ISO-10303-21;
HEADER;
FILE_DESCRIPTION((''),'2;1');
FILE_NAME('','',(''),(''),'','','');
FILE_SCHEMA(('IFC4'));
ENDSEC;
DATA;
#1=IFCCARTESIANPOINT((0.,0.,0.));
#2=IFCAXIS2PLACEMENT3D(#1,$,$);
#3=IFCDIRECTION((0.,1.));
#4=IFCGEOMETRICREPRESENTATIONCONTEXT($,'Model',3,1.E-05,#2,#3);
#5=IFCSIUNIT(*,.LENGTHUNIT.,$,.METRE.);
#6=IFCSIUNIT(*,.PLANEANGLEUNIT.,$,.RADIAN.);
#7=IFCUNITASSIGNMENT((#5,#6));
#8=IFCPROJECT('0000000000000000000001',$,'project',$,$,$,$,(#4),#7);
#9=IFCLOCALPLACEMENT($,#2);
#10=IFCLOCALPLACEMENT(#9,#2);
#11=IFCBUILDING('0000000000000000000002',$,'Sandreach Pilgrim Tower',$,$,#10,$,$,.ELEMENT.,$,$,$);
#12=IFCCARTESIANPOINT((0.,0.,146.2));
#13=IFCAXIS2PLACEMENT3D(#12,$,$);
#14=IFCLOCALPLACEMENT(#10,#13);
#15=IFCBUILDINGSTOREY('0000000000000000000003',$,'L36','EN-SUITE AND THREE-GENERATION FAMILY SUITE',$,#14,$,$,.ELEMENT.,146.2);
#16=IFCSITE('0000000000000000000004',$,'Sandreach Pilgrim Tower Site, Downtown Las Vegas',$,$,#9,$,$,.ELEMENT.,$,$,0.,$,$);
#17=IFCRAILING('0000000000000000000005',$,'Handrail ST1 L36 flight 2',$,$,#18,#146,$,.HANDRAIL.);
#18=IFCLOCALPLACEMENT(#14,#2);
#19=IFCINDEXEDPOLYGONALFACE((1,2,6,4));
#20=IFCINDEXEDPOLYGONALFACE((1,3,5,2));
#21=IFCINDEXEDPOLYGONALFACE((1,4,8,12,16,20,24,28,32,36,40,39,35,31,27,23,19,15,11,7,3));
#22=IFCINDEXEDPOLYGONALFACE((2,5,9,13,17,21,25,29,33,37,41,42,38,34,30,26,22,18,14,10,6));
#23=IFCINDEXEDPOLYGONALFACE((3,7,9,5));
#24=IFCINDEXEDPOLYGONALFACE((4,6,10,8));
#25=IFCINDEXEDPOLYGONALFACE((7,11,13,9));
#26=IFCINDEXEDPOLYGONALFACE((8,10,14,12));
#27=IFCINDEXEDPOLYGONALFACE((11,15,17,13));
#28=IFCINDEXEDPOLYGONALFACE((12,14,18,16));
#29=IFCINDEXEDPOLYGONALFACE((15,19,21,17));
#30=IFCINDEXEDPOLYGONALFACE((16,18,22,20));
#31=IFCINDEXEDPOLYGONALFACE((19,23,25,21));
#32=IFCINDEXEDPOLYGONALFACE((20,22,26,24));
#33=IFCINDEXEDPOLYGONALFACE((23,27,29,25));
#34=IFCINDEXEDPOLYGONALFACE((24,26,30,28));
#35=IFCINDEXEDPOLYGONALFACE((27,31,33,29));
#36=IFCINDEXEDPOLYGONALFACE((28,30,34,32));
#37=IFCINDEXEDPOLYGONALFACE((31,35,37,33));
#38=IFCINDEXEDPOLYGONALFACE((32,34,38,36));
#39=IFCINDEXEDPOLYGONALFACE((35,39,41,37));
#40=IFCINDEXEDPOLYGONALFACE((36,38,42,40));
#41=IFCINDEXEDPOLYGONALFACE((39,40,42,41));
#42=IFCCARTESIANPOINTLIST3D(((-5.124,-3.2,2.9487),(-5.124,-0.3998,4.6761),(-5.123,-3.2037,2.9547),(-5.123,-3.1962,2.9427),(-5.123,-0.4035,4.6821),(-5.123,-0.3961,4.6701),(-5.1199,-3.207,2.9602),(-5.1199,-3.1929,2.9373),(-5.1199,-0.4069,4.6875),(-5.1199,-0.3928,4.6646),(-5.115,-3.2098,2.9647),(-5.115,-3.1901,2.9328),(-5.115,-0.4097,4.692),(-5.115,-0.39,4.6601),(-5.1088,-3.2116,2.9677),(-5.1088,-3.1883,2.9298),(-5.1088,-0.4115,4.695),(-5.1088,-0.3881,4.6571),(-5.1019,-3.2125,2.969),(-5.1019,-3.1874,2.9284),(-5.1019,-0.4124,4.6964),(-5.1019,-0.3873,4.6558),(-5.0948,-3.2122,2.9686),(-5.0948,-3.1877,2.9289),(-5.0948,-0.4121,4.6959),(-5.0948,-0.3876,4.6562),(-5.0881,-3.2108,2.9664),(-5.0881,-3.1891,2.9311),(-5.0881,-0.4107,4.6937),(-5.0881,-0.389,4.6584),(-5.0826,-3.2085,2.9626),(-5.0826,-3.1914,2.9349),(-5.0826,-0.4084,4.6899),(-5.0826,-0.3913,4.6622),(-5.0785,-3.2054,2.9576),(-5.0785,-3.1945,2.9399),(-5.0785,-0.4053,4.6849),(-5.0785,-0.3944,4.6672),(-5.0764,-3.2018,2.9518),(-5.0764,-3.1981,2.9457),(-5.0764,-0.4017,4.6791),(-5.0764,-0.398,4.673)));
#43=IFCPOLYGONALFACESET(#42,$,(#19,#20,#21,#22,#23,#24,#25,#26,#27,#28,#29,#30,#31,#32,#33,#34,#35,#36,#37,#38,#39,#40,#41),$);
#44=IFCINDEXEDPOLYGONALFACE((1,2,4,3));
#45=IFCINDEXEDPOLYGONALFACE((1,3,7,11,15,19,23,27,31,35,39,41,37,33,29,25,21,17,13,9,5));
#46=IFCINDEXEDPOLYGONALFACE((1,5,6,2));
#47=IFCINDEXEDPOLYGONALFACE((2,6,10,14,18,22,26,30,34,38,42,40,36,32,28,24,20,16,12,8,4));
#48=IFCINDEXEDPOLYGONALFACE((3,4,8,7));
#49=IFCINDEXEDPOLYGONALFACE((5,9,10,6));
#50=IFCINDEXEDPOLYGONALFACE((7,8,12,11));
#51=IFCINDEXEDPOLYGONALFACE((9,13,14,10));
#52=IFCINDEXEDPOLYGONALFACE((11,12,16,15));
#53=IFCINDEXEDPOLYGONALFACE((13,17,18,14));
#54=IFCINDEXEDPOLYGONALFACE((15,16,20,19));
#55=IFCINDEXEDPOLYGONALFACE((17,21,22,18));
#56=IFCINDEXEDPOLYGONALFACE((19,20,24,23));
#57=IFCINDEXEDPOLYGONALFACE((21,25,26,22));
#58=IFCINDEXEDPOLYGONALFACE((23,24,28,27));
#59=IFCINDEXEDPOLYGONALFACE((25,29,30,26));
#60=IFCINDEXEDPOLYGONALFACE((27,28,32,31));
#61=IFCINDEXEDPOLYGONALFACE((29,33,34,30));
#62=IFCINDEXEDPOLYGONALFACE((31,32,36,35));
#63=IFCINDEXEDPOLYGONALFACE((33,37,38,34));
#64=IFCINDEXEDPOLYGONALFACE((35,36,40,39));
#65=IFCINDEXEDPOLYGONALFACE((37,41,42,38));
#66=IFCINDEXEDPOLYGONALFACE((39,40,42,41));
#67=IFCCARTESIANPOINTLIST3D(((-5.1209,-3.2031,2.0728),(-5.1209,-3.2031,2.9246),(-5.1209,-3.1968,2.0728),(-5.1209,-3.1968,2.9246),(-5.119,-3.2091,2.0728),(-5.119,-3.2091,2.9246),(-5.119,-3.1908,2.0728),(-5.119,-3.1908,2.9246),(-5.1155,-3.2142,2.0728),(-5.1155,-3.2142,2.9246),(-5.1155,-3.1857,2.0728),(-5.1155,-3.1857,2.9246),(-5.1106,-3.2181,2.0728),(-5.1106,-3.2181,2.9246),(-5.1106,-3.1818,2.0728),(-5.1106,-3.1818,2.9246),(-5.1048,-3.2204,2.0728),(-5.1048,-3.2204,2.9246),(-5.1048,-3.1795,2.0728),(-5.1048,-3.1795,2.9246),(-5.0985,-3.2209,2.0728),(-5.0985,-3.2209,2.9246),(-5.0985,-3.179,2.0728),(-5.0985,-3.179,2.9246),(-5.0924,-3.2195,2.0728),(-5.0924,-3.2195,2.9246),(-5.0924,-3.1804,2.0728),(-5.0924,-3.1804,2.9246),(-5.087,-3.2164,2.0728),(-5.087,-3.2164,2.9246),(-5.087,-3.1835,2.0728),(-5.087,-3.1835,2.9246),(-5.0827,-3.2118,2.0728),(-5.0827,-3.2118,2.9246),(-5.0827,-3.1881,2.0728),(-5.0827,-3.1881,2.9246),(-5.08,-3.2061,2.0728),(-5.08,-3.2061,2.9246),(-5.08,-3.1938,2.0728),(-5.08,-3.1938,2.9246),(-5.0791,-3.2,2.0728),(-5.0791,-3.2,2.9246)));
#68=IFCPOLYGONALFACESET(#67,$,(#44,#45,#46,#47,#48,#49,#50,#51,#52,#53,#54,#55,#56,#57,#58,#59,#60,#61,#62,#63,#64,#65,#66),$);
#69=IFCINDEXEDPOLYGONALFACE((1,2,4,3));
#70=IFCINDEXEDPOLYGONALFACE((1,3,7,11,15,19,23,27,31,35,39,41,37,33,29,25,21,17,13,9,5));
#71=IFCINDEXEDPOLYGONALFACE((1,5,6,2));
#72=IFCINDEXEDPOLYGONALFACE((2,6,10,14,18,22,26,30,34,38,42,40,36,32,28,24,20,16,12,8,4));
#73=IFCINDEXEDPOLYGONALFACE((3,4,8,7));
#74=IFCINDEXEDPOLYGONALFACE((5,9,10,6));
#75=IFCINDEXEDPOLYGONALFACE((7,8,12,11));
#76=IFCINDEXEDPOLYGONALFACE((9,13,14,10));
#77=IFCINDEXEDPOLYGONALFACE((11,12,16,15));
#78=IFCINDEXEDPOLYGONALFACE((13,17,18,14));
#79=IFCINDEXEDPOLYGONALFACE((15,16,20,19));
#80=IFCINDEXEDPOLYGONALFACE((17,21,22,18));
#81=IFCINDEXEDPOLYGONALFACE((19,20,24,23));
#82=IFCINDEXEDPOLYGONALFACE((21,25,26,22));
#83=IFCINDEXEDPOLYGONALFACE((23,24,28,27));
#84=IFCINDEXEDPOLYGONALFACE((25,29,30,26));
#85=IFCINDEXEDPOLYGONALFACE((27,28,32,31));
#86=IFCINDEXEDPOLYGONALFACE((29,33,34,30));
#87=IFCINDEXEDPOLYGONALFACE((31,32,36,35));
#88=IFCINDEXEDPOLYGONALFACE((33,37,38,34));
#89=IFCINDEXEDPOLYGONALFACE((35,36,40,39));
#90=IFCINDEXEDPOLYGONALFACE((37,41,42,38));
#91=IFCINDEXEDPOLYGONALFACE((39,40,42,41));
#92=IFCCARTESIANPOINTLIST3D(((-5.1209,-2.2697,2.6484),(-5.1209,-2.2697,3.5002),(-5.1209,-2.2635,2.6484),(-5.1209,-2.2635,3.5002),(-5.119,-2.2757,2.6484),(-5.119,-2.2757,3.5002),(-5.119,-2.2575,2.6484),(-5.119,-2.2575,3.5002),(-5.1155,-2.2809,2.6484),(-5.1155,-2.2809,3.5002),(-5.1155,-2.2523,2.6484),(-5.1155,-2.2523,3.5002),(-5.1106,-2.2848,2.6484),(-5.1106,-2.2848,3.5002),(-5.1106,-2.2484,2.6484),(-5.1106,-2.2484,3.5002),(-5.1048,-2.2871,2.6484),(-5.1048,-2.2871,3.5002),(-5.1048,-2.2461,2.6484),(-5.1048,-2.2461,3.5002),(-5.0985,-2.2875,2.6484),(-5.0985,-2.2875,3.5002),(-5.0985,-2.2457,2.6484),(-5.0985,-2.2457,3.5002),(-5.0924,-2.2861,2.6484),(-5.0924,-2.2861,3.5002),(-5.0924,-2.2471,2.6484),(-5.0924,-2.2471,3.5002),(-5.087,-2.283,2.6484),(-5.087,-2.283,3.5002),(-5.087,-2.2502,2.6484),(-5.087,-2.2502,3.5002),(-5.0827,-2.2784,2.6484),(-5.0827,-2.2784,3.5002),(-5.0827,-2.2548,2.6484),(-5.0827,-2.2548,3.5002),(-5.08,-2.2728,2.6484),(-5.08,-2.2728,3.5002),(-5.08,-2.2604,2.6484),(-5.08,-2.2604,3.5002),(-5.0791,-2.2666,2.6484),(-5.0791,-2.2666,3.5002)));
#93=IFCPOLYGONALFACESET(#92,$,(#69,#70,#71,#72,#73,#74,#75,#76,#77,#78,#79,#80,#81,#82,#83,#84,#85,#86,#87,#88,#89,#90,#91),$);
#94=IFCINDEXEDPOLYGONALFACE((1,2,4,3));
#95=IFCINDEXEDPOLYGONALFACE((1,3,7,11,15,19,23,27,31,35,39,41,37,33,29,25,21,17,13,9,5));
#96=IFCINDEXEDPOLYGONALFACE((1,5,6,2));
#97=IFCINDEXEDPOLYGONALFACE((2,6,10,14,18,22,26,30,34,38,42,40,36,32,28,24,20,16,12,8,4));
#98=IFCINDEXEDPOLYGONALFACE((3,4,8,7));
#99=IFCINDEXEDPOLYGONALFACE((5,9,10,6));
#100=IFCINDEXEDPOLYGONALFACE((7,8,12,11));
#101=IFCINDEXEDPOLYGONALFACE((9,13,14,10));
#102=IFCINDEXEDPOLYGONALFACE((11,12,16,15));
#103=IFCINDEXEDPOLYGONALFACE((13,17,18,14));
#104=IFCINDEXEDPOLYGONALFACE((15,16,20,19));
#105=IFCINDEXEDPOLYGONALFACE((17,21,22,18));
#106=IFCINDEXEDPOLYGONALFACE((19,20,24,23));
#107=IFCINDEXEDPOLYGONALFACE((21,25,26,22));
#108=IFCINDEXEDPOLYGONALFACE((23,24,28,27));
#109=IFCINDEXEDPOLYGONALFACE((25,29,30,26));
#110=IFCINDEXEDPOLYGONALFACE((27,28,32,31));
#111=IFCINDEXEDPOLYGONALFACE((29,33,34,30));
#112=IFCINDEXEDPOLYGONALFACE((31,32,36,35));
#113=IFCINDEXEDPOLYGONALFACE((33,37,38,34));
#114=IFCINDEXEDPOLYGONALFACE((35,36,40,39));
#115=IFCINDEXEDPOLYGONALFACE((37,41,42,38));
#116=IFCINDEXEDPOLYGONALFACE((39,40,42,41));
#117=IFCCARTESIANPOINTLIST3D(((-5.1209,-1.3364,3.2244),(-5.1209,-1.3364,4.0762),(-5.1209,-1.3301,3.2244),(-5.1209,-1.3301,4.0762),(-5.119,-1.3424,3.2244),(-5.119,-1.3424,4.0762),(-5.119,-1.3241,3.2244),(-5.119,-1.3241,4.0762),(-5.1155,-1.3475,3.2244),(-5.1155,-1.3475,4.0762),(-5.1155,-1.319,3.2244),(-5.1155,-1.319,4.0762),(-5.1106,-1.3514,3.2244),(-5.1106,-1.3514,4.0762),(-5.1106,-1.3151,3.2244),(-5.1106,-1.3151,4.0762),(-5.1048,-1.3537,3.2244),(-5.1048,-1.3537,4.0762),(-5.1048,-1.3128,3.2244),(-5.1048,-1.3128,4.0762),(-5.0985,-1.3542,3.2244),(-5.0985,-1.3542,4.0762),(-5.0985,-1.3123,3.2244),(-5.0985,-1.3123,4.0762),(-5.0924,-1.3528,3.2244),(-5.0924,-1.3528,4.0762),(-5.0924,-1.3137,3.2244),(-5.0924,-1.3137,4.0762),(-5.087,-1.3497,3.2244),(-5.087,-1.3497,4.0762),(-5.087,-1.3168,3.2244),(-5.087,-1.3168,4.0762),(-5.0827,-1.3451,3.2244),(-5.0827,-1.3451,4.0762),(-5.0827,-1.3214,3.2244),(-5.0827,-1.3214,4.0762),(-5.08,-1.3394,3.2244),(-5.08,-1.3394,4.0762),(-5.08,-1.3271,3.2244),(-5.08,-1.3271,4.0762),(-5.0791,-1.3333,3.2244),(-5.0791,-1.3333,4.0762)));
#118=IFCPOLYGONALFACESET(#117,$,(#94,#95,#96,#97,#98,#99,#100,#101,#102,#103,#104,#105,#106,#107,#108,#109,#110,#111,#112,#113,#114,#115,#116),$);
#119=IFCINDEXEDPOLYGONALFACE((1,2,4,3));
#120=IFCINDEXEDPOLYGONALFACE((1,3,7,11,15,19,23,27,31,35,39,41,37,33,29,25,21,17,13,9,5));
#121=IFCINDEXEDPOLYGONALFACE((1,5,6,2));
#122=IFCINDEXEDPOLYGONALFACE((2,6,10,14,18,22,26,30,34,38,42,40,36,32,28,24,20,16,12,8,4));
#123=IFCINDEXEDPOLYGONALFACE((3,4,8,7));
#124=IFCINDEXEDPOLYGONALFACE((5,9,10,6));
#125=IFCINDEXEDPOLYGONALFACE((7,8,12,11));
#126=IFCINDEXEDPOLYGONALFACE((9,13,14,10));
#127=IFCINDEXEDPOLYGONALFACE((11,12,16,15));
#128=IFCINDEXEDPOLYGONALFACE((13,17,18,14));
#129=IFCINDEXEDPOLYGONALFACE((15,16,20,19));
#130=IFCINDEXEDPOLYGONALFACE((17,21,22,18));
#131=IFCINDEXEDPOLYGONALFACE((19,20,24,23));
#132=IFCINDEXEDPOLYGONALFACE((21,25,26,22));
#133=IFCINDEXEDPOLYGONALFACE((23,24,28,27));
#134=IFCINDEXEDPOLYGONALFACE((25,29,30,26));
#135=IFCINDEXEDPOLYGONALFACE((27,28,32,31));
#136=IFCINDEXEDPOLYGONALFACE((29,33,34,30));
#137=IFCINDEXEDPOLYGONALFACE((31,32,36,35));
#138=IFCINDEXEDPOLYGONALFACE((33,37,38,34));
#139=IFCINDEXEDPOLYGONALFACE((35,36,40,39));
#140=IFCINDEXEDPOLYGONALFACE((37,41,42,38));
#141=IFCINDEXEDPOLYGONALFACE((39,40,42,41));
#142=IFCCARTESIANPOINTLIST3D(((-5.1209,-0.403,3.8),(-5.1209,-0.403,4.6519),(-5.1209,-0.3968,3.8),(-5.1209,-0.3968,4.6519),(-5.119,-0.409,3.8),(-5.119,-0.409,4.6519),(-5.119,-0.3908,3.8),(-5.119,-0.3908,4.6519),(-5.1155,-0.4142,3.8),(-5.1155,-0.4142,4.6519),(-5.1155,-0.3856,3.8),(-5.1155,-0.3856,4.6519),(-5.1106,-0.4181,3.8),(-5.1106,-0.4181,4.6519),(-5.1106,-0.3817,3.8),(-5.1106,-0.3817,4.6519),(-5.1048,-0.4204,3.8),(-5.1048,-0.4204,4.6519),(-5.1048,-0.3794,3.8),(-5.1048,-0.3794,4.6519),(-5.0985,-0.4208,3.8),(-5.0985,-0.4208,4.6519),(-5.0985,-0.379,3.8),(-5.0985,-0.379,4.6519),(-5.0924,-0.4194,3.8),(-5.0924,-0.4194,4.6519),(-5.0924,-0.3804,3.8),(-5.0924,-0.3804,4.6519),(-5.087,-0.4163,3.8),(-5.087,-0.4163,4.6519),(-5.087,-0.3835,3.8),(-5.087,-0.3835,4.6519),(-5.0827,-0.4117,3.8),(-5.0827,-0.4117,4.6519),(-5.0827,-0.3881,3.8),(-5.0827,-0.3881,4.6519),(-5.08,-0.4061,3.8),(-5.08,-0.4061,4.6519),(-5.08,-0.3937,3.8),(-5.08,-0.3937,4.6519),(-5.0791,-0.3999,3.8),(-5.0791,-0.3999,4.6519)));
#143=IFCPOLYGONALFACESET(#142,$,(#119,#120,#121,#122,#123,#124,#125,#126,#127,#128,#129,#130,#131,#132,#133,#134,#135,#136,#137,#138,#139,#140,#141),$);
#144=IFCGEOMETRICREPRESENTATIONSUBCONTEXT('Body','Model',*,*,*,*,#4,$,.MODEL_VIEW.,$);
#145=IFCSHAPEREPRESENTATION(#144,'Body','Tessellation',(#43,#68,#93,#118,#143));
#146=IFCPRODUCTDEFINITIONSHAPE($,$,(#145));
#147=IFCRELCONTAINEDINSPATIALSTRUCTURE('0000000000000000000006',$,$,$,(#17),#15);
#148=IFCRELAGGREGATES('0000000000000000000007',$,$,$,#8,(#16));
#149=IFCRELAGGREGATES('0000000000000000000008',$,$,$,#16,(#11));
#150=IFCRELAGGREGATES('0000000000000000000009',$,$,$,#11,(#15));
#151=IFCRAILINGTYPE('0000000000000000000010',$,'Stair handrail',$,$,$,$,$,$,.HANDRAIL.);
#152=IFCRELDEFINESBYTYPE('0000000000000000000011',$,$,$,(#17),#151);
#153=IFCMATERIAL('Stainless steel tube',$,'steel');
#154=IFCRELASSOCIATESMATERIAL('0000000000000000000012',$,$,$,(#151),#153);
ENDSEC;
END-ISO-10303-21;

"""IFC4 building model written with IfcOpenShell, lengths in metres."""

from ifc_helpers import new_model, si_unit, direction, frame, origin, origin_2d, place, context, subcontext, project, spatial, circle, extrude, material, type_object, element, save


model = new_model("IFC4")

# Units and contexts
model_context = context("Model", 3, precision=1e-05, world=origin(), true_north=direction((0.0, 1.0)))
body_context = subcontext(model_context, "Body", "Model", "MODEL_VIEW")
ifc_project = project(units=[si_unit("LENGTHUNIT", "METRE"), si_unit("PLANEANGLEUNIT", "RADIAN")], contexts=[model_context])

# Site, building, storey
site_placement = place(None, origin())
site = spatial("IfcSite", under=ifc_project, at=site_placement, Name="Sandreach Pilgrim Tower Site, Downtown Las Vegas", CompositionType="ELEMENT", RefElevation=0.0)
building_placement = place(site_placement, origin())
building = spatial("IfcBuilding", under=site, at=building_placement, Name="Sandreach Pilgrim Tower", CompositionType="ELEMENT")
storey_placement = place(building_placement, frame((0.0, 0.0, 146.2)))
storey = spatial("IfcBuildingStorey", under=building, at=storey_placement, Name="L36", Description="EN-SUITE AND THREE-GENERATION FAMILY SUITE", CompositionType="ELEMENT", Elevation=146.2)

# Railing
ifc_material_1 = material(Name="Stainless steel tube", Category="steel")
railing_type = type_object("IfcRailingType", Name="Stair handrail", PredefinedType="HANDRAIL", material=ifc_material_1)
for number, where, name in (
    (1, (-5.1001, -3.2, 2.0728), "Handrail ST1 L36 flight 2"),
):
    element("IfcRailing", number, at=place(storey_placement, frame(where)), inside=storey, type_object=railing_type, Name=name, PredefinedType="HANDRAIL", context=body_context, shape_type="SweptSolid", body=[
        extrude(circle(Radius=0.0239, at=origin_2d()), frame((0.0, 0.0, 0.876), z_axis=(0.0, 0.85109, 0.52502), x_axis=(-1.0, 0.0, 0.0)), (0.0, 0.0, 1.0), 3.29),
        extrude(circle(Radius=0.021, at=origin_2d()), origin(), (0.0, 0.0, 1.0), 0.8518),
        extrude(circle(Radius=0.021, at=origin_2d()), frame((0.0, 0.9333, 0.5757)), (0.0, 0.0, 1.0), 0.8518),
        extrude(circle(Radius=0.021, at=origin_2d()), frame((0.0, 1.8667, 1.1516)), (0.0, 0.0, 1.0), 0.8518),
        extrude(circle(Radius=0.021, at=origin_2d()), frame((0.0, 2.8, 1.7273)), (0.0, 0.0, 1.0), 0.8518),
    ])

save(model, "model.ifc")
